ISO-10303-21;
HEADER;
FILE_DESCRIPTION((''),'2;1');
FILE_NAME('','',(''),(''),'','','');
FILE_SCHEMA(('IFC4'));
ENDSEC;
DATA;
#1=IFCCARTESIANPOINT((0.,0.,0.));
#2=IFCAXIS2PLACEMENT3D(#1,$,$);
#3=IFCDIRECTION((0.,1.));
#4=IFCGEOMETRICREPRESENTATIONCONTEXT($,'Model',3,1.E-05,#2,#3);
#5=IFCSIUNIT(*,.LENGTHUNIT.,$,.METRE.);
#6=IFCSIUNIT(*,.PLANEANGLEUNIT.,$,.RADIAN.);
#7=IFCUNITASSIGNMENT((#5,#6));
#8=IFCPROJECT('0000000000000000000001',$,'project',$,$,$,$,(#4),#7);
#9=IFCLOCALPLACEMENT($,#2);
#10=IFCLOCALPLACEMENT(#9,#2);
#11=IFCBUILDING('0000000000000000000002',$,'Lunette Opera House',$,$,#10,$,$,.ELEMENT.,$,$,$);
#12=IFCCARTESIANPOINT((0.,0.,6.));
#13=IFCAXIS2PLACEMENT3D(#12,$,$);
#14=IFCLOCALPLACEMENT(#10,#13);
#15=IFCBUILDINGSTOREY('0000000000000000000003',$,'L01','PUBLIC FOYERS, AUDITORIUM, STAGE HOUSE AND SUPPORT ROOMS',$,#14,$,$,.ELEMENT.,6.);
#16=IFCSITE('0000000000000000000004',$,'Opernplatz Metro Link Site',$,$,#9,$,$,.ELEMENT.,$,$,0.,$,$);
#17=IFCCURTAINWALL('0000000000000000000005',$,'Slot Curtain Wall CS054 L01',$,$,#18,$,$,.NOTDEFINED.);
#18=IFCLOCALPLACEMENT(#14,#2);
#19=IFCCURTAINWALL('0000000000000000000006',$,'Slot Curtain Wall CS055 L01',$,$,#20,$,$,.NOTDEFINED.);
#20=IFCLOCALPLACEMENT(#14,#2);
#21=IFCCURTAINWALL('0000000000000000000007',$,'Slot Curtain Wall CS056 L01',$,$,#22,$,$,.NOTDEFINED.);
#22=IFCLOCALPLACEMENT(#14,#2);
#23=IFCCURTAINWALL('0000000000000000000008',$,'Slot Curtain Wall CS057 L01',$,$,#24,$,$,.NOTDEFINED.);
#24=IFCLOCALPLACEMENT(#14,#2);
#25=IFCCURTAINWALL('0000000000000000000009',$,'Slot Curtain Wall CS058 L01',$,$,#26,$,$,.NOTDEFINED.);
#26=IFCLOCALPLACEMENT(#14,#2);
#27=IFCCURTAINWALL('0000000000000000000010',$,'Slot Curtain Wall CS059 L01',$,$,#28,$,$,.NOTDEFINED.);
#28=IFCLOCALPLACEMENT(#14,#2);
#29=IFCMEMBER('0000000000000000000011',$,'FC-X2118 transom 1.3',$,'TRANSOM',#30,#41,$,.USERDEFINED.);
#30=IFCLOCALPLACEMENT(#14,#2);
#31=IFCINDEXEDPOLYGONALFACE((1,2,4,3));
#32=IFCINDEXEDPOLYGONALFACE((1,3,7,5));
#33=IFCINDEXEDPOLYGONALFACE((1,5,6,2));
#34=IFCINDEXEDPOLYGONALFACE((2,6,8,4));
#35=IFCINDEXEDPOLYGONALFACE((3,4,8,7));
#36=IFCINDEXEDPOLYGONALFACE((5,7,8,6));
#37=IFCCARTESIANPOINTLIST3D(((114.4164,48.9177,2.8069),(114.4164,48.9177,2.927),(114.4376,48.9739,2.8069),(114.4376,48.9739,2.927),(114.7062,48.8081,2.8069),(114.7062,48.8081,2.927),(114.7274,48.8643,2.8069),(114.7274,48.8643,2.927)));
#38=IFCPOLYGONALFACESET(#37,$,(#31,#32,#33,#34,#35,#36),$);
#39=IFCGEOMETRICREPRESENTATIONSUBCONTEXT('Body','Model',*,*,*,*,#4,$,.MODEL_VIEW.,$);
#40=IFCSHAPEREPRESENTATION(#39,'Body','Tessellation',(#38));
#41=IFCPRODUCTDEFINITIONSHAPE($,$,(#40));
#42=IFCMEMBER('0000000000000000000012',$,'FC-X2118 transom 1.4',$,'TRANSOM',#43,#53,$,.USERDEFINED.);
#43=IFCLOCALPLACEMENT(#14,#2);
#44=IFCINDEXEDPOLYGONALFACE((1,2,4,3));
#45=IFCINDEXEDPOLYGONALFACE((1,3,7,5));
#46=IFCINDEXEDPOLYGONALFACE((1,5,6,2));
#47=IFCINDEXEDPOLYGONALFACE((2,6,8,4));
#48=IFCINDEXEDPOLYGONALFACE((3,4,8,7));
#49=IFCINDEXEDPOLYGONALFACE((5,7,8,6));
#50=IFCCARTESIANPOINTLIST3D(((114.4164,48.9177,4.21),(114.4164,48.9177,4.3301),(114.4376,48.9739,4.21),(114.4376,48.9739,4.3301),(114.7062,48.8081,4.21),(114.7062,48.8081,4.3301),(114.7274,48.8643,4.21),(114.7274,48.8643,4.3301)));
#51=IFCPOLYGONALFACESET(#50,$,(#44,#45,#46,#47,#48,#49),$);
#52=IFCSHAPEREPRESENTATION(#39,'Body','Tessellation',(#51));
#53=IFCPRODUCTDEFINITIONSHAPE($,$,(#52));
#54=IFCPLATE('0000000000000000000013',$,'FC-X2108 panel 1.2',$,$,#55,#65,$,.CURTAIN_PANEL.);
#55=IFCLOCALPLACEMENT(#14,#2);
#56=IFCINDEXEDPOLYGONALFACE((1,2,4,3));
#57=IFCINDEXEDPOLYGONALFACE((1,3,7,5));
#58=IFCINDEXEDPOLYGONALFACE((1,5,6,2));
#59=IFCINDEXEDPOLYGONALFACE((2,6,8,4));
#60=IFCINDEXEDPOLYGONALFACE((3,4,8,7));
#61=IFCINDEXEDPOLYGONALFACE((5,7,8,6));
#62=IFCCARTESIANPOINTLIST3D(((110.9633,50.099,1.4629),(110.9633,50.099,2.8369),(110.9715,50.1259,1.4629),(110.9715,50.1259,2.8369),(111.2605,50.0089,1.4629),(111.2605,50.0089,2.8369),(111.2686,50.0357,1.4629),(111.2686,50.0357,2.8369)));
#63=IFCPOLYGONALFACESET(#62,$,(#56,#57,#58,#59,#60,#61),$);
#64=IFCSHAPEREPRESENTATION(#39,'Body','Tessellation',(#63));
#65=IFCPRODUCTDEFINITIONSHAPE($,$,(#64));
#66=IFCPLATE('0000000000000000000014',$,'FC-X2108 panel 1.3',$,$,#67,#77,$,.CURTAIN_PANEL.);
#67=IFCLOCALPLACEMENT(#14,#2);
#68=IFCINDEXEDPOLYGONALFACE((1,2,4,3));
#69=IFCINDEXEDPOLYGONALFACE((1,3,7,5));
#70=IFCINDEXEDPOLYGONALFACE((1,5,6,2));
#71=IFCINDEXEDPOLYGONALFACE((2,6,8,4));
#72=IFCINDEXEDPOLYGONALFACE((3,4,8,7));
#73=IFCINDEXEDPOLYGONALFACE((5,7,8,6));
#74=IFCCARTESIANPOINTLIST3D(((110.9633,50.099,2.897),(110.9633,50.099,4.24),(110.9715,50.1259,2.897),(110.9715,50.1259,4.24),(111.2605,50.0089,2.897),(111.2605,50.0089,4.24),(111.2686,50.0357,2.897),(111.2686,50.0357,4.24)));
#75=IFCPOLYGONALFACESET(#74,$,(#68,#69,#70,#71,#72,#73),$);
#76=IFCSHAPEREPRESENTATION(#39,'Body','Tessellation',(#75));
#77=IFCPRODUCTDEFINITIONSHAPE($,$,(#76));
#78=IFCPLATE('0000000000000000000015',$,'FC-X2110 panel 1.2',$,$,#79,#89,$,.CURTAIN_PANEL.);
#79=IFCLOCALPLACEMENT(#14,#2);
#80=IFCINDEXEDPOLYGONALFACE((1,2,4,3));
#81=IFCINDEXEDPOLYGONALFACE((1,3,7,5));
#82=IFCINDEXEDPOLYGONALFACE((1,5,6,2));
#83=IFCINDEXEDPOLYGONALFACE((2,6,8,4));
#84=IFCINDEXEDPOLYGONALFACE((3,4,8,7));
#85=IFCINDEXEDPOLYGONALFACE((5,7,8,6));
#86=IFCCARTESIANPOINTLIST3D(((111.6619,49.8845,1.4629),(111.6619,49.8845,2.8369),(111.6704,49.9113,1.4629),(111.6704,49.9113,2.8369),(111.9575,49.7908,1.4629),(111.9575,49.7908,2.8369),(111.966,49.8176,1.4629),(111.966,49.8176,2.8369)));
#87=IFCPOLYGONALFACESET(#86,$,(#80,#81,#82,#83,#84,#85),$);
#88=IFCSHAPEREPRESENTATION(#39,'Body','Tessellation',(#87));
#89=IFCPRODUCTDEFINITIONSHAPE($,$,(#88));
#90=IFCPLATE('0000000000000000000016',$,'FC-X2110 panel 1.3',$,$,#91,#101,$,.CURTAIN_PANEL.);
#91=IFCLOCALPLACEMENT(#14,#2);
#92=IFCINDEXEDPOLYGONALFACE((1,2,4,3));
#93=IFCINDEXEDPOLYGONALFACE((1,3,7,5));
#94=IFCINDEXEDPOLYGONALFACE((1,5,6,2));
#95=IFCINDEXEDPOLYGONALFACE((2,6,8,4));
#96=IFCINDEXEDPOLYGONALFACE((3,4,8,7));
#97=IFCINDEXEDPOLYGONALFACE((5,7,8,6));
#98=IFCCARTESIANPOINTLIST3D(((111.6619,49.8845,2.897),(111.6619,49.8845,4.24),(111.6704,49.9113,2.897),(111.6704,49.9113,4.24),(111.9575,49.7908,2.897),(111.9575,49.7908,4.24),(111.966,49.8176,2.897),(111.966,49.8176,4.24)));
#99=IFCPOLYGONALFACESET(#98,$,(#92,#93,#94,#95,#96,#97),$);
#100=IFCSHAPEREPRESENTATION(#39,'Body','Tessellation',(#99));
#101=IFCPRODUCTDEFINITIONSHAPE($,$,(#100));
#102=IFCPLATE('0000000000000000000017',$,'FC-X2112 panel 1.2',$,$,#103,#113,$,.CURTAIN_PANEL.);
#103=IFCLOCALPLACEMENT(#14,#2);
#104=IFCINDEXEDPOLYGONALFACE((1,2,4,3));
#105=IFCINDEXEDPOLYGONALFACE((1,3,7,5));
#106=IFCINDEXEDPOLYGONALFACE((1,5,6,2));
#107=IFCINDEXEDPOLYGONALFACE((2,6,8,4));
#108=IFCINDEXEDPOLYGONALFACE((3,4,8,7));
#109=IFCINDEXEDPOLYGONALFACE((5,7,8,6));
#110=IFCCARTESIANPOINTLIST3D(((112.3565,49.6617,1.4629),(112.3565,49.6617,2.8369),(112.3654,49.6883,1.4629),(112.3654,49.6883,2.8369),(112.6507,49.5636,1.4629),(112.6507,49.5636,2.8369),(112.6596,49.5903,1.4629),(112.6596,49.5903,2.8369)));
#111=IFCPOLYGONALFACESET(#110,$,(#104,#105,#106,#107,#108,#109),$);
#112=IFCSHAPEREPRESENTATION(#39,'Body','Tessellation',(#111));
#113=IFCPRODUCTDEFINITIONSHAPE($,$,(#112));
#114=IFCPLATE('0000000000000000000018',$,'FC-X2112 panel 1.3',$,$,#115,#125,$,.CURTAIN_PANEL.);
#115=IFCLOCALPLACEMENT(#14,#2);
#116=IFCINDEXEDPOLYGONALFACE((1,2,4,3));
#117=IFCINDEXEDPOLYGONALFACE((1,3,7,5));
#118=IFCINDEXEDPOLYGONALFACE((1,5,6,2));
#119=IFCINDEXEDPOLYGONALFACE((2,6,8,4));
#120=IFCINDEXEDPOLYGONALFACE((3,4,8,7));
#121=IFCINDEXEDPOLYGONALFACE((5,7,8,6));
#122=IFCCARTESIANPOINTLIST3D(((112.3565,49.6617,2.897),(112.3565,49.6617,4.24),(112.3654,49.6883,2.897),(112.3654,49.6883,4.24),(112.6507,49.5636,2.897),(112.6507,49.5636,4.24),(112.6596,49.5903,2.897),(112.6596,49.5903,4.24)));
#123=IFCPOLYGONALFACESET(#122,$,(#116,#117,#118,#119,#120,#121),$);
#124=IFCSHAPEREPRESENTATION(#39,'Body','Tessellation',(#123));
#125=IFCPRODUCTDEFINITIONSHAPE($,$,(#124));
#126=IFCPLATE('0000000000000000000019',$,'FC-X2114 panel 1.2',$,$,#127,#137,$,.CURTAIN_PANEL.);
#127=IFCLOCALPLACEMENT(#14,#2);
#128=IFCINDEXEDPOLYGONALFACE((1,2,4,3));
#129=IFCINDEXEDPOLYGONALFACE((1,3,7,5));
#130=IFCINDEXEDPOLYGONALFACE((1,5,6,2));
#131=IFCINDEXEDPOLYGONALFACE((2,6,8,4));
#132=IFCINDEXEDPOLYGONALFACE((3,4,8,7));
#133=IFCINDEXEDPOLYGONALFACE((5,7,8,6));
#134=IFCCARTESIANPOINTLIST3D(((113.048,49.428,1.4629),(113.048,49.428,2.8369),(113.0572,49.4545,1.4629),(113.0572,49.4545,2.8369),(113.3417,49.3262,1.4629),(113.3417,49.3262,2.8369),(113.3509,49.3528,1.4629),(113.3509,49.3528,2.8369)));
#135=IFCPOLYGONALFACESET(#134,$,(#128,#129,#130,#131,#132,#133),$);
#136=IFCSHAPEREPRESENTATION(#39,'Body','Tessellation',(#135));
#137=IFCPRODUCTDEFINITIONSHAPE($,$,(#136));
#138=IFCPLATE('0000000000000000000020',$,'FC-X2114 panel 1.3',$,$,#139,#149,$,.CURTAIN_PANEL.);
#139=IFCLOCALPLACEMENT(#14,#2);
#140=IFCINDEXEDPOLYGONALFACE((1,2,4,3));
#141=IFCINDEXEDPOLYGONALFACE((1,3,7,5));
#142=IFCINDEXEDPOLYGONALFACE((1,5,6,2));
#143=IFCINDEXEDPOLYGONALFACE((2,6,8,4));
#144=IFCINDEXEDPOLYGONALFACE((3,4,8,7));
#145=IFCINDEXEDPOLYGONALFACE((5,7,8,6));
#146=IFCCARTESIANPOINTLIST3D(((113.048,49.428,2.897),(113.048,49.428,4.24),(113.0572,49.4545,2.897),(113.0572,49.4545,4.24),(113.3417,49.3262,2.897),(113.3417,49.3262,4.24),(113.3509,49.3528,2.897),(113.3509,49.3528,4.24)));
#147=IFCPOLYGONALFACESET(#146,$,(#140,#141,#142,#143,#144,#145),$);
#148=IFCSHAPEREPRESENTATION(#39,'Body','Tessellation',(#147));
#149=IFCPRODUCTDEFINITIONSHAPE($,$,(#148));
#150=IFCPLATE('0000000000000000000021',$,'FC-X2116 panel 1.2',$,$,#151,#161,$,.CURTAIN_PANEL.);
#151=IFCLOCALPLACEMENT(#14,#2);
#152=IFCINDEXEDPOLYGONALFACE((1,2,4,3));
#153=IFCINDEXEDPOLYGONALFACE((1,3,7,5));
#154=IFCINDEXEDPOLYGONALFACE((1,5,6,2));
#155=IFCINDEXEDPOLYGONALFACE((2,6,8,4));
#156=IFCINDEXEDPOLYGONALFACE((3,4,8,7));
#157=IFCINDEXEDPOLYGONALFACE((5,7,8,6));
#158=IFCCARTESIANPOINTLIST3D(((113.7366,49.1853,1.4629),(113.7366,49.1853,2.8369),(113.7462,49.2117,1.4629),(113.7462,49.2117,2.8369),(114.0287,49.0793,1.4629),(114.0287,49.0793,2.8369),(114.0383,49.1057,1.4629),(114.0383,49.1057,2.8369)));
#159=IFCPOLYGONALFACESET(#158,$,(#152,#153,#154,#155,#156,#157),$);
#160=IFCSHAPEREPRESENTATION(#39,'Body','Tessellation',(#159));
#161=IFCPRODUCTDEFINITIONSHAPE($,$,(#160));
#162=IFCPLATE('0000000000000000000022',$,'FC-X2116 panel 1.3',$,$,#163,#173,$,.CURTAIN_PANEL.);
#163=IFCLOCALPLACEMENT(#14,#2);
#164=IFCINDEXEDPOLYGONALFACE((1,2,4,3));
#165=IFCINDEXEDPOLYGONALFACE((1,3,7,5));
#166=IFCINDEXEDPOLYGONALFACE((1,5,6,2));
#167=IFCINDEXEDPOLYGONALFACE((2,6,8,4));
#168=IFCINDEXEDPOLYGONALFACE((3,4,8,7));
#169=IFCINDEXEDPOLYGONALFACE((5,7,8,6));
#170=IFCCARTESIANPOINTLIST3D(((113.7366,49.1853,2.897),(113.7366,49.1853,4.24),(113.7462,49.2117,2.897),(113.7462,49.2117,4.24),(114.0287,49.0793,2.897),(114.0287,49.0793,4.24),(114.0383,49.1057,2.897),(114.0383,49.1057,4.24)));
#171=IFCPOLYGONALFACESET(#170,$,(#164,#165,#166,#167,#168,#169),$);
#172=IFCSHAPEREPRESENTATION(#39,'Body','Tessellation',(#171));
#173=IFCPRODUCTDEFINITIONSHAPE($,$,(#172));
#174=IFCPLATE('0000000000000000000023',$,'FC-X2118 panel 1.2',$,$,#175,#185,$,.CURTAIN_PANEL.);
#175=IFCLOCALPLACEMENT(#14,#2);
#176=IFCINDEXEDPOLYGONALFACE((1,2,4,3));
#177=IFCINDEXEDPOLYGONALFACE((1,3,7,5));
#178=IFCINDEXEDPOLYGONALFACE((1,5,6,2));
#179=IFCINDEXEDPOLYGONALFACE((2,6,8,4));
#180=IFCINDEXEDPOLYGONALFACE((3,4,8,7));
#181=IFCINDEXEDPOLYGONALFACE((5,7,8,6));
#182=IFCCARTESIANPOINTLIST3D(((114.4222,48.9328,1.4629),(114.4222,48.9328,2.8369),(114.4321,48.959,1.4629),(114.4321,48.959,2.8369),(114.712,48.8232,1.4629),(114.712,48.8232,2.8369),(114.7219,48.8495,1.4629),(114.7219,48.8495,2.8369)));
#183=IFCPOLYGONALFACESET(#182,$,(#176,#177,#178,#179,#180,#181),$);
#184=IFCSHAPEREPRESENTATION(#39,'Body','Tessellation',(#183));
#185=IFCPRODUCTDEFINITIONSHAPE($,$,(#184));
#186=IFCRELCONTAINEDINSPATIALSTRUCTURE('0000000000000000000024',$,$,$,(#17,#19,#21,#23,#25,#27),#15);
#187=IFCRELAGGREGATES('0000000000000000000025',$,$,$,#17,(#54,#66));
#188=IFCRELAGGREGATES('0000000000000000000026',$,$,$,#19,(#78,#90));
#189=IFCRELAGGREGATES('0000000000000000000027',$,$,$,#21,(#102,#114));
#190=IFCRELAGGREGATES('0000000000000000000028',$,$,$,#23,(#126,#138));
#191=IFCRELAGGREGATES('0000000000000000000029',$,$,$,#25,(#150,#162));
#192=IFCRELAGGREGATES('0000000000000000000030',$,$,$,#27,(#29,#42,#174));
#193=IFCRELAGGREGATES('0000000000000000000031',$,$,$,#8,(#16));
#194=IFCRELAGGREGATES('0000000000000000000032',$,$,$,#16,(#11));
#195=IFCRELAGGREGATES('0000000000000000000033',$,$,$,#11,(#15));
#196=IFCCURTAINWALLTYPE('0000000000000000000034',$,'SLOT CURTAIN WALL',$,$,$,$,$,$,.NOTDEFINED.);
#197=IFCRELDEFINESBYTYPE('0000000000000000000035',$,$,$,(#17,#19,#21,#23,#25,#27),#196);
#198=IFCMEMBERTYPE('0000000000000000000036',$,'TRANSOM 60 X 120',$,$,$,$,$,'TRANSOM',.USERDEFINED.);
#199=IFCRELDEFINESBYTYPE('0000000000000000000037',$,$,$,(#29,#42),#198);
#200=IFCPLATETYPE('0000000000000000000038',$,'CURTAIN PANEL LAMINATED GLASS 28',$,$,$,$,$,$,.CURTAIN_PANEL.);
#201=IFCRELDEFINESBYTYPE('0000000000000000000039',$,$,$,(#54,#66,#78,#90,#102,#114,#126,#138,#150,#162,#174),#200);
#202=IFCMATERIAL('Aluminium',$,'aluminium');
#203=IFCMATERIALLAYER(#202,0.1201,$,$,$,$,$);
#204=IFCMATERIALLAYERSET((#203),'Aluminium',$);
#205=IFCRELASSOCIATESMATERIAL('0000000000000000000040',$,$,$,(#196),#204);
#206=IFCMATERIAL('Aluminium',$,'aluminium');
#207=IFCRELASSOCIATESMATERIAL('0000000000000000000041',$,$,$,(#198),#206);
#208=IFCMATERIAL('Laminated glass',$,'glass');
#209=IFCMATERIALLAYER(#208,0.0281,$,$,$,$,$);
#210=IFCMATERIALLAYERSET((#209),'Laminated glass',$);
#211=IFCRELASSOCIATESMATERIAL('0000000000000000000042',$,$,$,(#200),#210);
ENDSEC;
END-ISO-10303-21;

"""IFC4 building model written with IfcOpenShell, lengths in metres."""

from ifc_helpers import new_model, si_unit, direction, frame, origin, origin_2d, place, context, subcontext, project, spatial, rectangle, extrude, material, layer, layer_set, material_profile, profile_set, type_object, element, aggregate, save


model = new_model("IFC4")

# Units and contexts
model_context = context("Model", 3, precision=1e-05, world=origin(), true_north=direction((0.0, 1.0)))
body_context = subcontext(model_context, "Body", "Model", "MODEL_VIEW")
ifc_project = project(units=[si_unit("LENGTHUNIT", "METRE"), si_unit("PLANEANGLEUNIT", "RADIAN")], contexts=[model_context])

# Site, building, storey
site_placement = place(None, origin())
site = spatial("IfcSite", under=ifc_project, at=site_placement, Name="Opernplatz Metro Link Site", CompositionType="ELEMENT", RefElevation=0.0)
building_placement = place(site_placement, origin())
building = spatial("IfcBuilding", under=site, at=building_placement, Name="Lunette Opera House", CompositionType="ELEMENT")
storey_placement = place(building_placement, frame((0.0, 0.0, 6.0)))
storey = spatial("IfcBuildingStorey", under=building, at=storey_placement, Name="L01", Description="PUBLIC FOYERS, AUDITORIUM, STAGE HOUSE AND SUPPORT ROOMS", CompositionType="ELEMENT", Elevation=6.0)

# Curtain walls, members
ifc_material_1 = material(Name="Aluminium", Category="aluminium")
ifc_layer_1 = layer(ifc_material_1, 0.1201)
ifc_layer_set_1 = layer_set([ifc_layer_1], Name="Aluminium")
curtain_wall_type = type_object("IfcCurtainWallType", Name="SLOT CURTAIN WALL", PredefinedType="NOTDEFINED", material=ifc_layer_set_1)
curtain_wall_1_placement = place(storey_placement, origin())
curtain_wall_1 = element("IfcCurtainWall", 1, at=curtain_wall_1_placement, inside=storey, type_object=curtain_wall_type, Name="Slot Curtain Wall CS054 L01", PredefinedType="NOTDEFINED")
ifc_material_2 = material(Name="Aluminium", Category="aluminium")
ifc_material_profile = material_profile(ifc_material_2, rectangle(XDim=0.0601, YDim=0.1201, at=origin_2d()), Name="TRANSOM 60 X 120")
ifc_profile_set = profile_set([ifc_material_profile], Name="Aluminium")
member_type = type_object("IfcMemberType", Name="TRANSOM 60 X 120", ElementType="TRANSOM", PredefinedType="USERDEFINED", material=ifc_profile_set)
curtain_wall_2_placement = place(storey_placement, origin())
curtain_wall_2 = element("IfcCurtainWall", 2, at=curtain_wall_2_placement, inside=storey, type_object=curtain_wall_type, Name="Slot Curtain Wall CS055 L01", PredefinedType="NOTDEFINED")
curtain_wall_3_placement = place(storey_placement, origin())
curtain_wall_3 = element("IfcCurtainWall", 3, at=curtain_wall_3_placement, inside=storey, type_object=curtain_wall_type, Name="Slot Curtain Wall CS056 L01", PredefinedType="NOTDEFINED")
curtain_wall_4_placement = place(storey_placement, origin())
curtain_wall_4 = element("IfcCurtainWall", 4, at=curtain_wall_4_placement, inside=storey, type_object=curtain_wall_type, Name="Slot Curtain Wall CS057 L01", PredefinedType="NOTDEFINED")
curtain_wall_5_placement = place(storey_placement, origin())
curtain_wall_5 = element("IfcCurtainWall", 5, at=curtain_wall_5_placement, inside=storey, type_object=curtain_wall_type, Name="Slot Curtain Wall CS058 L01", PredefinedType="NOTDEFINED")
curtain_wall_6_placement = place(storey_placement, origin())
curtain_wall_6 = element("IfcCurtainWall", 6, at=curtain_wall_6_placement, inside=storey, type_object=curtain_wall_type, Name="Slot Curtain Wall CS059 L01", PredefinedType="NOTDEFINED")
member_1_placement = place(storey_placement, frame((114.427, 48.9458, 2.8669), z_axis=(0.935321, -0.353799, 0.0), x_axis=(0.353799, 0.935321, 0.0)))
member_1 = element("IfcMember", 7, at=member_1_placement, type_object=member_type, Name="FC-X2118 transom 1.3", ObjectType="TRANSOM", PredefinedType="USERDEFINED", context=body_context, shape_type="SweptSolid", body=[
    extrude(rectangle(XDim=0.0601, YDim=0.1201, at=origin_2d()), origin(), (0.0, 0.0, 1.0), 0.3098),
])
member_2_placement = place(storey_placement, frame((114.427, 48.9458, 4.27), z_axis=(0.935321, -0.353799, 0.0), x_axis=(0.353799, 0.935321, 0.0)))
member_2 = element("IfcMember", 8, at=member_2_placement, type_object=member_type, Name="FC-X2118 transom 1.4", ObjectType="TRANSOM", PredefinedType="USERDEFINED", context=body_context, shape_type="SweptSolid", body=[
    extrude(rectangle(XDim=0.0601, YDim=0.1201, at=origin_2d()), origin(), (0.0, 0.0, 1.0), 0.3098),
])

# Plates
ifc_material_3 = material(Name="Laminated glass", Category="glass")
ifc_layer_2 = layer(ifc_material_3, 0.0281)
ifc_layer_set_2 = layer_set([ifc_layer_2], Name="Laminated glass")
plate_type = type_object("IfcPlateType", Name="CURTAIN PANEL LAMINATED GLASS 28", PredefinedType="CURTAIN_PANEL", material=ifc_layer_set_2)
plate_1_placement = place(storey_placement, frame((111.116, 50.0674, 1.4629), z_axis=(0.0, 0.0, 1.0), x_axis=(0.956927, -0.29033, 0.0)))
plate_1 = element("IfcPlate", 9, at=plate_1_placement, type_object=plate_type, Name="FC-X2108 panel 1.2", PredefinedType="CURTAIN_PANEL", context=body_context, shape_type="SweptSolid", body=[
    extrude(rectangle(XDim=0.3105, YDim=0.0281, at=origin_2d()), origin(), (0.0, 0.0, 1.0), 1.374),
])
plate_2_placement = place(storey_placement, frame((111.116, 50.0674, 2.897), z_axis=(0.0, 0.0, 1.0), x_axis=(0.956927, -0.29033, 0.0)))
plate_2 = element("IfcPlate", 10, at=plate_2_placement, type_object=plate_type, Name="FC-X2108 panel 1.3", PredefinedType="CURTAIN_PANEL", context=body_context, shape_type="SweptSolid", body=[
    extrude(rectangle(XDim=0.3105, YDim=0.0281, at=origin_2d()), origin(), (0.0, 0.0, 1.0), 1.343),
])
aggregate(curtain_wall_1, [plate_1, plate_2])
plate_3_placement = place(storey_placement, frame((111.814, 49.8511, 1.4629), z_axis=(0.0, 0.0, 1.0), x_axis=(0.953231, -0.302244, 0.0)))
plate_3 = element("IfcPlate", 11, at=plate_3_placement, type_object=plate_type, Name="FC-X2110 panel 1.2", PredefinedType="CURTAIN_PANEL", context=body_context, shape_type="SweptSolid", body=[
    extrude(rectangle(XDim=0.3101, YDim=0.0281, at=origin_2d()), origin(), (0.0, 0.0, 1.0), 1.374),
])
plate_4_placement = place(storey_placement, frame((111.814, 49.8511, 2.897), z_axis=(0.0, 0.0, 1.0), x_axis=(0.953231, -0.302244, 0.0)))
plate_4 = element("IfcPlate", 12, at=plate_4_placement, type_object=plate_type, Name="FC-X2110 panel 1.3", PredefinedType="CURTAIN_PANEL", context=body_context, shape_type="SweptSolid", body=[
    extrude(rectangle(XDim=0.3101, YDim=0.0281, at=origin_2d()), origin(), (0.0, 0.0, 1.0), 1.343),
])
aggregate(curtain_wall_2, [plate_3, plate_4])
plate_5_placement = place(storey_placement, frame((112.5081, 49.626, 1.4629), z_axis=(0.0, 0.0, 1.0), x_axis=(0.948683, -0.316228, 0.0)))
plate_5 = element("IfcPlate", 13, at=plate_5_placement, type_object=plate_type, Name="FC-X2112 panel 1.2", PredefinedType="CURTAIN_PANEL", context=body_context, shape_type="SweptSolid", body=[
    extrude(rectangle(XDim=0.3101, YDim=0.0281, at=origin_2d()), origin(), (0.0, 0.0, 1.0), 1.374),
])
plate_6_placement = place(storey_placement, frame((112.5081, 49.626, 2.897), z_axis=(0.0, 0.0, 1.0), x_axis=(0.948683, -0.316228, 0.0)))
plate_6 = element("IfcPlate", 14, at=plate_6_placement, type_object=plate_type, Name="FC-X2112 panel 1.3", PredefinedType="CURTAIN_PANEL", context=body_context, shape_type="SweptSolid", body=[
    extrude(rectangle(XDim=0.3101, YDim=0.0281, at=origin_2d()), origin(), (0.0, 0.0, 1.0), 1.343),
])
aggregate(curtain_wall_3, [plate_5, plate_6])
plate_7_placement = place(storey_placement, frame((113.1995, 49.3904, 1.4629), z_axis=(0.0, 0.0, 1.0), x_axis=(0.944903, -0.32735, 0.0)))
plate_7 = element("IfcPlate", 15, at=plate_7_placement, type_object=plate_type, Name="FC-X2114 panel 1.2", PredefinedType="CURTAIN_PANEL", context=body_context, shape_type="SweptSolid", body=[
    extrude(rectangle(XDim=0.3108, YDim=0.0281, at=origin_2d()), origin(), (0.0, 0.0, 1.0), 1.374),
])
plate_8_placement = place(storey_placement, frame((113.1995, 49.3904, 2.897), z_axis=(0.0, 0.0, 1.0), x_axis=(0.944903, -0.32735, 0.0)))
plate_8 = element("IfcPlate", 16, at=plate_8_placement, type_object=plate_type, Name="FC-X2114 panel 1.3", PredefinedType="CURTAIN_PANEL", context=body_context, shape_type="SweptSolid", body=[
    extrude(rectangle(XDim=0.3108, YDim=0.0281, at=origin_2d()), origin(), (0.0, 0.0, 1.0), 1.343),
])
aggregate(curtain_wall_4, [plate_7, plate_8])
plate_9_placement = place(storey_placement, frame((113.8875, 49.1455, 1.4629), z_axis=(0.0, 0.0, 1.0), x_axis=(0.939997, -0.341184, 0.0)))
plate_9 = element("IfcPlate", 17, at=plate_9_placement, type_object=plate_type, Name="FC-X2116 panel 1.2", PredefinedType="CURTAIN_PANEL", context=body_context, shape_type="SweptSolid", body=[
    extrude(rectangle(XDim=0.3108, YDim=0.0281, at=origin_2d()), origin(), (0.0, 0.0, 1.0), 1.374),
])
plate_10_placement = place(storey_placement, frame((113.8875, 49.1455, 2.897), z_axis=(0.0, 0.0, 1.0), x_axis=(0.939997, -0.341184, 0.0)))
plate_10 = element("IfcPlate", 18, at=plate_10_placement, type_object=plate_type, Name="FC-X2116 panel 1.3", PredefinedType="CURTAIN_PANEL", context=body_context, shape_type="SweptSolid", body=[
    extrude(rectangle(XDim=0.3108, YDim=0.0281, at=origin_2d()), origin(), (0.0, 0.0, 1.0), 1.343),
])
aggregate(curtain_wall_5, [plate_9, plate_10])
plate_11_placement = place(storey_placement, frame((114.572, 48.8911, 1.4629), z_axis=(0.0, 0.0, 1.0), x_axis=(0.935369, -0.353672, 0.0)))
plate_11 = element("IfcPlate", 19, at=plate_11_placement, type_object=plate_type, Name="FC-X2118 panel 1.2", PredefinedType="CURTAIN_PANEL", context=body_context, shape_type="SweptSolid", body=[
    extrude(rectangle(XDim=0.3098, YDim=0.0281, at=origin_2d()), origin(), (0.0, 0.0, 1.0), 1.374),
])
aggregate(curtain_wall_6, [member_1, member_2, plate_11])

save(model, "model.ifc")
